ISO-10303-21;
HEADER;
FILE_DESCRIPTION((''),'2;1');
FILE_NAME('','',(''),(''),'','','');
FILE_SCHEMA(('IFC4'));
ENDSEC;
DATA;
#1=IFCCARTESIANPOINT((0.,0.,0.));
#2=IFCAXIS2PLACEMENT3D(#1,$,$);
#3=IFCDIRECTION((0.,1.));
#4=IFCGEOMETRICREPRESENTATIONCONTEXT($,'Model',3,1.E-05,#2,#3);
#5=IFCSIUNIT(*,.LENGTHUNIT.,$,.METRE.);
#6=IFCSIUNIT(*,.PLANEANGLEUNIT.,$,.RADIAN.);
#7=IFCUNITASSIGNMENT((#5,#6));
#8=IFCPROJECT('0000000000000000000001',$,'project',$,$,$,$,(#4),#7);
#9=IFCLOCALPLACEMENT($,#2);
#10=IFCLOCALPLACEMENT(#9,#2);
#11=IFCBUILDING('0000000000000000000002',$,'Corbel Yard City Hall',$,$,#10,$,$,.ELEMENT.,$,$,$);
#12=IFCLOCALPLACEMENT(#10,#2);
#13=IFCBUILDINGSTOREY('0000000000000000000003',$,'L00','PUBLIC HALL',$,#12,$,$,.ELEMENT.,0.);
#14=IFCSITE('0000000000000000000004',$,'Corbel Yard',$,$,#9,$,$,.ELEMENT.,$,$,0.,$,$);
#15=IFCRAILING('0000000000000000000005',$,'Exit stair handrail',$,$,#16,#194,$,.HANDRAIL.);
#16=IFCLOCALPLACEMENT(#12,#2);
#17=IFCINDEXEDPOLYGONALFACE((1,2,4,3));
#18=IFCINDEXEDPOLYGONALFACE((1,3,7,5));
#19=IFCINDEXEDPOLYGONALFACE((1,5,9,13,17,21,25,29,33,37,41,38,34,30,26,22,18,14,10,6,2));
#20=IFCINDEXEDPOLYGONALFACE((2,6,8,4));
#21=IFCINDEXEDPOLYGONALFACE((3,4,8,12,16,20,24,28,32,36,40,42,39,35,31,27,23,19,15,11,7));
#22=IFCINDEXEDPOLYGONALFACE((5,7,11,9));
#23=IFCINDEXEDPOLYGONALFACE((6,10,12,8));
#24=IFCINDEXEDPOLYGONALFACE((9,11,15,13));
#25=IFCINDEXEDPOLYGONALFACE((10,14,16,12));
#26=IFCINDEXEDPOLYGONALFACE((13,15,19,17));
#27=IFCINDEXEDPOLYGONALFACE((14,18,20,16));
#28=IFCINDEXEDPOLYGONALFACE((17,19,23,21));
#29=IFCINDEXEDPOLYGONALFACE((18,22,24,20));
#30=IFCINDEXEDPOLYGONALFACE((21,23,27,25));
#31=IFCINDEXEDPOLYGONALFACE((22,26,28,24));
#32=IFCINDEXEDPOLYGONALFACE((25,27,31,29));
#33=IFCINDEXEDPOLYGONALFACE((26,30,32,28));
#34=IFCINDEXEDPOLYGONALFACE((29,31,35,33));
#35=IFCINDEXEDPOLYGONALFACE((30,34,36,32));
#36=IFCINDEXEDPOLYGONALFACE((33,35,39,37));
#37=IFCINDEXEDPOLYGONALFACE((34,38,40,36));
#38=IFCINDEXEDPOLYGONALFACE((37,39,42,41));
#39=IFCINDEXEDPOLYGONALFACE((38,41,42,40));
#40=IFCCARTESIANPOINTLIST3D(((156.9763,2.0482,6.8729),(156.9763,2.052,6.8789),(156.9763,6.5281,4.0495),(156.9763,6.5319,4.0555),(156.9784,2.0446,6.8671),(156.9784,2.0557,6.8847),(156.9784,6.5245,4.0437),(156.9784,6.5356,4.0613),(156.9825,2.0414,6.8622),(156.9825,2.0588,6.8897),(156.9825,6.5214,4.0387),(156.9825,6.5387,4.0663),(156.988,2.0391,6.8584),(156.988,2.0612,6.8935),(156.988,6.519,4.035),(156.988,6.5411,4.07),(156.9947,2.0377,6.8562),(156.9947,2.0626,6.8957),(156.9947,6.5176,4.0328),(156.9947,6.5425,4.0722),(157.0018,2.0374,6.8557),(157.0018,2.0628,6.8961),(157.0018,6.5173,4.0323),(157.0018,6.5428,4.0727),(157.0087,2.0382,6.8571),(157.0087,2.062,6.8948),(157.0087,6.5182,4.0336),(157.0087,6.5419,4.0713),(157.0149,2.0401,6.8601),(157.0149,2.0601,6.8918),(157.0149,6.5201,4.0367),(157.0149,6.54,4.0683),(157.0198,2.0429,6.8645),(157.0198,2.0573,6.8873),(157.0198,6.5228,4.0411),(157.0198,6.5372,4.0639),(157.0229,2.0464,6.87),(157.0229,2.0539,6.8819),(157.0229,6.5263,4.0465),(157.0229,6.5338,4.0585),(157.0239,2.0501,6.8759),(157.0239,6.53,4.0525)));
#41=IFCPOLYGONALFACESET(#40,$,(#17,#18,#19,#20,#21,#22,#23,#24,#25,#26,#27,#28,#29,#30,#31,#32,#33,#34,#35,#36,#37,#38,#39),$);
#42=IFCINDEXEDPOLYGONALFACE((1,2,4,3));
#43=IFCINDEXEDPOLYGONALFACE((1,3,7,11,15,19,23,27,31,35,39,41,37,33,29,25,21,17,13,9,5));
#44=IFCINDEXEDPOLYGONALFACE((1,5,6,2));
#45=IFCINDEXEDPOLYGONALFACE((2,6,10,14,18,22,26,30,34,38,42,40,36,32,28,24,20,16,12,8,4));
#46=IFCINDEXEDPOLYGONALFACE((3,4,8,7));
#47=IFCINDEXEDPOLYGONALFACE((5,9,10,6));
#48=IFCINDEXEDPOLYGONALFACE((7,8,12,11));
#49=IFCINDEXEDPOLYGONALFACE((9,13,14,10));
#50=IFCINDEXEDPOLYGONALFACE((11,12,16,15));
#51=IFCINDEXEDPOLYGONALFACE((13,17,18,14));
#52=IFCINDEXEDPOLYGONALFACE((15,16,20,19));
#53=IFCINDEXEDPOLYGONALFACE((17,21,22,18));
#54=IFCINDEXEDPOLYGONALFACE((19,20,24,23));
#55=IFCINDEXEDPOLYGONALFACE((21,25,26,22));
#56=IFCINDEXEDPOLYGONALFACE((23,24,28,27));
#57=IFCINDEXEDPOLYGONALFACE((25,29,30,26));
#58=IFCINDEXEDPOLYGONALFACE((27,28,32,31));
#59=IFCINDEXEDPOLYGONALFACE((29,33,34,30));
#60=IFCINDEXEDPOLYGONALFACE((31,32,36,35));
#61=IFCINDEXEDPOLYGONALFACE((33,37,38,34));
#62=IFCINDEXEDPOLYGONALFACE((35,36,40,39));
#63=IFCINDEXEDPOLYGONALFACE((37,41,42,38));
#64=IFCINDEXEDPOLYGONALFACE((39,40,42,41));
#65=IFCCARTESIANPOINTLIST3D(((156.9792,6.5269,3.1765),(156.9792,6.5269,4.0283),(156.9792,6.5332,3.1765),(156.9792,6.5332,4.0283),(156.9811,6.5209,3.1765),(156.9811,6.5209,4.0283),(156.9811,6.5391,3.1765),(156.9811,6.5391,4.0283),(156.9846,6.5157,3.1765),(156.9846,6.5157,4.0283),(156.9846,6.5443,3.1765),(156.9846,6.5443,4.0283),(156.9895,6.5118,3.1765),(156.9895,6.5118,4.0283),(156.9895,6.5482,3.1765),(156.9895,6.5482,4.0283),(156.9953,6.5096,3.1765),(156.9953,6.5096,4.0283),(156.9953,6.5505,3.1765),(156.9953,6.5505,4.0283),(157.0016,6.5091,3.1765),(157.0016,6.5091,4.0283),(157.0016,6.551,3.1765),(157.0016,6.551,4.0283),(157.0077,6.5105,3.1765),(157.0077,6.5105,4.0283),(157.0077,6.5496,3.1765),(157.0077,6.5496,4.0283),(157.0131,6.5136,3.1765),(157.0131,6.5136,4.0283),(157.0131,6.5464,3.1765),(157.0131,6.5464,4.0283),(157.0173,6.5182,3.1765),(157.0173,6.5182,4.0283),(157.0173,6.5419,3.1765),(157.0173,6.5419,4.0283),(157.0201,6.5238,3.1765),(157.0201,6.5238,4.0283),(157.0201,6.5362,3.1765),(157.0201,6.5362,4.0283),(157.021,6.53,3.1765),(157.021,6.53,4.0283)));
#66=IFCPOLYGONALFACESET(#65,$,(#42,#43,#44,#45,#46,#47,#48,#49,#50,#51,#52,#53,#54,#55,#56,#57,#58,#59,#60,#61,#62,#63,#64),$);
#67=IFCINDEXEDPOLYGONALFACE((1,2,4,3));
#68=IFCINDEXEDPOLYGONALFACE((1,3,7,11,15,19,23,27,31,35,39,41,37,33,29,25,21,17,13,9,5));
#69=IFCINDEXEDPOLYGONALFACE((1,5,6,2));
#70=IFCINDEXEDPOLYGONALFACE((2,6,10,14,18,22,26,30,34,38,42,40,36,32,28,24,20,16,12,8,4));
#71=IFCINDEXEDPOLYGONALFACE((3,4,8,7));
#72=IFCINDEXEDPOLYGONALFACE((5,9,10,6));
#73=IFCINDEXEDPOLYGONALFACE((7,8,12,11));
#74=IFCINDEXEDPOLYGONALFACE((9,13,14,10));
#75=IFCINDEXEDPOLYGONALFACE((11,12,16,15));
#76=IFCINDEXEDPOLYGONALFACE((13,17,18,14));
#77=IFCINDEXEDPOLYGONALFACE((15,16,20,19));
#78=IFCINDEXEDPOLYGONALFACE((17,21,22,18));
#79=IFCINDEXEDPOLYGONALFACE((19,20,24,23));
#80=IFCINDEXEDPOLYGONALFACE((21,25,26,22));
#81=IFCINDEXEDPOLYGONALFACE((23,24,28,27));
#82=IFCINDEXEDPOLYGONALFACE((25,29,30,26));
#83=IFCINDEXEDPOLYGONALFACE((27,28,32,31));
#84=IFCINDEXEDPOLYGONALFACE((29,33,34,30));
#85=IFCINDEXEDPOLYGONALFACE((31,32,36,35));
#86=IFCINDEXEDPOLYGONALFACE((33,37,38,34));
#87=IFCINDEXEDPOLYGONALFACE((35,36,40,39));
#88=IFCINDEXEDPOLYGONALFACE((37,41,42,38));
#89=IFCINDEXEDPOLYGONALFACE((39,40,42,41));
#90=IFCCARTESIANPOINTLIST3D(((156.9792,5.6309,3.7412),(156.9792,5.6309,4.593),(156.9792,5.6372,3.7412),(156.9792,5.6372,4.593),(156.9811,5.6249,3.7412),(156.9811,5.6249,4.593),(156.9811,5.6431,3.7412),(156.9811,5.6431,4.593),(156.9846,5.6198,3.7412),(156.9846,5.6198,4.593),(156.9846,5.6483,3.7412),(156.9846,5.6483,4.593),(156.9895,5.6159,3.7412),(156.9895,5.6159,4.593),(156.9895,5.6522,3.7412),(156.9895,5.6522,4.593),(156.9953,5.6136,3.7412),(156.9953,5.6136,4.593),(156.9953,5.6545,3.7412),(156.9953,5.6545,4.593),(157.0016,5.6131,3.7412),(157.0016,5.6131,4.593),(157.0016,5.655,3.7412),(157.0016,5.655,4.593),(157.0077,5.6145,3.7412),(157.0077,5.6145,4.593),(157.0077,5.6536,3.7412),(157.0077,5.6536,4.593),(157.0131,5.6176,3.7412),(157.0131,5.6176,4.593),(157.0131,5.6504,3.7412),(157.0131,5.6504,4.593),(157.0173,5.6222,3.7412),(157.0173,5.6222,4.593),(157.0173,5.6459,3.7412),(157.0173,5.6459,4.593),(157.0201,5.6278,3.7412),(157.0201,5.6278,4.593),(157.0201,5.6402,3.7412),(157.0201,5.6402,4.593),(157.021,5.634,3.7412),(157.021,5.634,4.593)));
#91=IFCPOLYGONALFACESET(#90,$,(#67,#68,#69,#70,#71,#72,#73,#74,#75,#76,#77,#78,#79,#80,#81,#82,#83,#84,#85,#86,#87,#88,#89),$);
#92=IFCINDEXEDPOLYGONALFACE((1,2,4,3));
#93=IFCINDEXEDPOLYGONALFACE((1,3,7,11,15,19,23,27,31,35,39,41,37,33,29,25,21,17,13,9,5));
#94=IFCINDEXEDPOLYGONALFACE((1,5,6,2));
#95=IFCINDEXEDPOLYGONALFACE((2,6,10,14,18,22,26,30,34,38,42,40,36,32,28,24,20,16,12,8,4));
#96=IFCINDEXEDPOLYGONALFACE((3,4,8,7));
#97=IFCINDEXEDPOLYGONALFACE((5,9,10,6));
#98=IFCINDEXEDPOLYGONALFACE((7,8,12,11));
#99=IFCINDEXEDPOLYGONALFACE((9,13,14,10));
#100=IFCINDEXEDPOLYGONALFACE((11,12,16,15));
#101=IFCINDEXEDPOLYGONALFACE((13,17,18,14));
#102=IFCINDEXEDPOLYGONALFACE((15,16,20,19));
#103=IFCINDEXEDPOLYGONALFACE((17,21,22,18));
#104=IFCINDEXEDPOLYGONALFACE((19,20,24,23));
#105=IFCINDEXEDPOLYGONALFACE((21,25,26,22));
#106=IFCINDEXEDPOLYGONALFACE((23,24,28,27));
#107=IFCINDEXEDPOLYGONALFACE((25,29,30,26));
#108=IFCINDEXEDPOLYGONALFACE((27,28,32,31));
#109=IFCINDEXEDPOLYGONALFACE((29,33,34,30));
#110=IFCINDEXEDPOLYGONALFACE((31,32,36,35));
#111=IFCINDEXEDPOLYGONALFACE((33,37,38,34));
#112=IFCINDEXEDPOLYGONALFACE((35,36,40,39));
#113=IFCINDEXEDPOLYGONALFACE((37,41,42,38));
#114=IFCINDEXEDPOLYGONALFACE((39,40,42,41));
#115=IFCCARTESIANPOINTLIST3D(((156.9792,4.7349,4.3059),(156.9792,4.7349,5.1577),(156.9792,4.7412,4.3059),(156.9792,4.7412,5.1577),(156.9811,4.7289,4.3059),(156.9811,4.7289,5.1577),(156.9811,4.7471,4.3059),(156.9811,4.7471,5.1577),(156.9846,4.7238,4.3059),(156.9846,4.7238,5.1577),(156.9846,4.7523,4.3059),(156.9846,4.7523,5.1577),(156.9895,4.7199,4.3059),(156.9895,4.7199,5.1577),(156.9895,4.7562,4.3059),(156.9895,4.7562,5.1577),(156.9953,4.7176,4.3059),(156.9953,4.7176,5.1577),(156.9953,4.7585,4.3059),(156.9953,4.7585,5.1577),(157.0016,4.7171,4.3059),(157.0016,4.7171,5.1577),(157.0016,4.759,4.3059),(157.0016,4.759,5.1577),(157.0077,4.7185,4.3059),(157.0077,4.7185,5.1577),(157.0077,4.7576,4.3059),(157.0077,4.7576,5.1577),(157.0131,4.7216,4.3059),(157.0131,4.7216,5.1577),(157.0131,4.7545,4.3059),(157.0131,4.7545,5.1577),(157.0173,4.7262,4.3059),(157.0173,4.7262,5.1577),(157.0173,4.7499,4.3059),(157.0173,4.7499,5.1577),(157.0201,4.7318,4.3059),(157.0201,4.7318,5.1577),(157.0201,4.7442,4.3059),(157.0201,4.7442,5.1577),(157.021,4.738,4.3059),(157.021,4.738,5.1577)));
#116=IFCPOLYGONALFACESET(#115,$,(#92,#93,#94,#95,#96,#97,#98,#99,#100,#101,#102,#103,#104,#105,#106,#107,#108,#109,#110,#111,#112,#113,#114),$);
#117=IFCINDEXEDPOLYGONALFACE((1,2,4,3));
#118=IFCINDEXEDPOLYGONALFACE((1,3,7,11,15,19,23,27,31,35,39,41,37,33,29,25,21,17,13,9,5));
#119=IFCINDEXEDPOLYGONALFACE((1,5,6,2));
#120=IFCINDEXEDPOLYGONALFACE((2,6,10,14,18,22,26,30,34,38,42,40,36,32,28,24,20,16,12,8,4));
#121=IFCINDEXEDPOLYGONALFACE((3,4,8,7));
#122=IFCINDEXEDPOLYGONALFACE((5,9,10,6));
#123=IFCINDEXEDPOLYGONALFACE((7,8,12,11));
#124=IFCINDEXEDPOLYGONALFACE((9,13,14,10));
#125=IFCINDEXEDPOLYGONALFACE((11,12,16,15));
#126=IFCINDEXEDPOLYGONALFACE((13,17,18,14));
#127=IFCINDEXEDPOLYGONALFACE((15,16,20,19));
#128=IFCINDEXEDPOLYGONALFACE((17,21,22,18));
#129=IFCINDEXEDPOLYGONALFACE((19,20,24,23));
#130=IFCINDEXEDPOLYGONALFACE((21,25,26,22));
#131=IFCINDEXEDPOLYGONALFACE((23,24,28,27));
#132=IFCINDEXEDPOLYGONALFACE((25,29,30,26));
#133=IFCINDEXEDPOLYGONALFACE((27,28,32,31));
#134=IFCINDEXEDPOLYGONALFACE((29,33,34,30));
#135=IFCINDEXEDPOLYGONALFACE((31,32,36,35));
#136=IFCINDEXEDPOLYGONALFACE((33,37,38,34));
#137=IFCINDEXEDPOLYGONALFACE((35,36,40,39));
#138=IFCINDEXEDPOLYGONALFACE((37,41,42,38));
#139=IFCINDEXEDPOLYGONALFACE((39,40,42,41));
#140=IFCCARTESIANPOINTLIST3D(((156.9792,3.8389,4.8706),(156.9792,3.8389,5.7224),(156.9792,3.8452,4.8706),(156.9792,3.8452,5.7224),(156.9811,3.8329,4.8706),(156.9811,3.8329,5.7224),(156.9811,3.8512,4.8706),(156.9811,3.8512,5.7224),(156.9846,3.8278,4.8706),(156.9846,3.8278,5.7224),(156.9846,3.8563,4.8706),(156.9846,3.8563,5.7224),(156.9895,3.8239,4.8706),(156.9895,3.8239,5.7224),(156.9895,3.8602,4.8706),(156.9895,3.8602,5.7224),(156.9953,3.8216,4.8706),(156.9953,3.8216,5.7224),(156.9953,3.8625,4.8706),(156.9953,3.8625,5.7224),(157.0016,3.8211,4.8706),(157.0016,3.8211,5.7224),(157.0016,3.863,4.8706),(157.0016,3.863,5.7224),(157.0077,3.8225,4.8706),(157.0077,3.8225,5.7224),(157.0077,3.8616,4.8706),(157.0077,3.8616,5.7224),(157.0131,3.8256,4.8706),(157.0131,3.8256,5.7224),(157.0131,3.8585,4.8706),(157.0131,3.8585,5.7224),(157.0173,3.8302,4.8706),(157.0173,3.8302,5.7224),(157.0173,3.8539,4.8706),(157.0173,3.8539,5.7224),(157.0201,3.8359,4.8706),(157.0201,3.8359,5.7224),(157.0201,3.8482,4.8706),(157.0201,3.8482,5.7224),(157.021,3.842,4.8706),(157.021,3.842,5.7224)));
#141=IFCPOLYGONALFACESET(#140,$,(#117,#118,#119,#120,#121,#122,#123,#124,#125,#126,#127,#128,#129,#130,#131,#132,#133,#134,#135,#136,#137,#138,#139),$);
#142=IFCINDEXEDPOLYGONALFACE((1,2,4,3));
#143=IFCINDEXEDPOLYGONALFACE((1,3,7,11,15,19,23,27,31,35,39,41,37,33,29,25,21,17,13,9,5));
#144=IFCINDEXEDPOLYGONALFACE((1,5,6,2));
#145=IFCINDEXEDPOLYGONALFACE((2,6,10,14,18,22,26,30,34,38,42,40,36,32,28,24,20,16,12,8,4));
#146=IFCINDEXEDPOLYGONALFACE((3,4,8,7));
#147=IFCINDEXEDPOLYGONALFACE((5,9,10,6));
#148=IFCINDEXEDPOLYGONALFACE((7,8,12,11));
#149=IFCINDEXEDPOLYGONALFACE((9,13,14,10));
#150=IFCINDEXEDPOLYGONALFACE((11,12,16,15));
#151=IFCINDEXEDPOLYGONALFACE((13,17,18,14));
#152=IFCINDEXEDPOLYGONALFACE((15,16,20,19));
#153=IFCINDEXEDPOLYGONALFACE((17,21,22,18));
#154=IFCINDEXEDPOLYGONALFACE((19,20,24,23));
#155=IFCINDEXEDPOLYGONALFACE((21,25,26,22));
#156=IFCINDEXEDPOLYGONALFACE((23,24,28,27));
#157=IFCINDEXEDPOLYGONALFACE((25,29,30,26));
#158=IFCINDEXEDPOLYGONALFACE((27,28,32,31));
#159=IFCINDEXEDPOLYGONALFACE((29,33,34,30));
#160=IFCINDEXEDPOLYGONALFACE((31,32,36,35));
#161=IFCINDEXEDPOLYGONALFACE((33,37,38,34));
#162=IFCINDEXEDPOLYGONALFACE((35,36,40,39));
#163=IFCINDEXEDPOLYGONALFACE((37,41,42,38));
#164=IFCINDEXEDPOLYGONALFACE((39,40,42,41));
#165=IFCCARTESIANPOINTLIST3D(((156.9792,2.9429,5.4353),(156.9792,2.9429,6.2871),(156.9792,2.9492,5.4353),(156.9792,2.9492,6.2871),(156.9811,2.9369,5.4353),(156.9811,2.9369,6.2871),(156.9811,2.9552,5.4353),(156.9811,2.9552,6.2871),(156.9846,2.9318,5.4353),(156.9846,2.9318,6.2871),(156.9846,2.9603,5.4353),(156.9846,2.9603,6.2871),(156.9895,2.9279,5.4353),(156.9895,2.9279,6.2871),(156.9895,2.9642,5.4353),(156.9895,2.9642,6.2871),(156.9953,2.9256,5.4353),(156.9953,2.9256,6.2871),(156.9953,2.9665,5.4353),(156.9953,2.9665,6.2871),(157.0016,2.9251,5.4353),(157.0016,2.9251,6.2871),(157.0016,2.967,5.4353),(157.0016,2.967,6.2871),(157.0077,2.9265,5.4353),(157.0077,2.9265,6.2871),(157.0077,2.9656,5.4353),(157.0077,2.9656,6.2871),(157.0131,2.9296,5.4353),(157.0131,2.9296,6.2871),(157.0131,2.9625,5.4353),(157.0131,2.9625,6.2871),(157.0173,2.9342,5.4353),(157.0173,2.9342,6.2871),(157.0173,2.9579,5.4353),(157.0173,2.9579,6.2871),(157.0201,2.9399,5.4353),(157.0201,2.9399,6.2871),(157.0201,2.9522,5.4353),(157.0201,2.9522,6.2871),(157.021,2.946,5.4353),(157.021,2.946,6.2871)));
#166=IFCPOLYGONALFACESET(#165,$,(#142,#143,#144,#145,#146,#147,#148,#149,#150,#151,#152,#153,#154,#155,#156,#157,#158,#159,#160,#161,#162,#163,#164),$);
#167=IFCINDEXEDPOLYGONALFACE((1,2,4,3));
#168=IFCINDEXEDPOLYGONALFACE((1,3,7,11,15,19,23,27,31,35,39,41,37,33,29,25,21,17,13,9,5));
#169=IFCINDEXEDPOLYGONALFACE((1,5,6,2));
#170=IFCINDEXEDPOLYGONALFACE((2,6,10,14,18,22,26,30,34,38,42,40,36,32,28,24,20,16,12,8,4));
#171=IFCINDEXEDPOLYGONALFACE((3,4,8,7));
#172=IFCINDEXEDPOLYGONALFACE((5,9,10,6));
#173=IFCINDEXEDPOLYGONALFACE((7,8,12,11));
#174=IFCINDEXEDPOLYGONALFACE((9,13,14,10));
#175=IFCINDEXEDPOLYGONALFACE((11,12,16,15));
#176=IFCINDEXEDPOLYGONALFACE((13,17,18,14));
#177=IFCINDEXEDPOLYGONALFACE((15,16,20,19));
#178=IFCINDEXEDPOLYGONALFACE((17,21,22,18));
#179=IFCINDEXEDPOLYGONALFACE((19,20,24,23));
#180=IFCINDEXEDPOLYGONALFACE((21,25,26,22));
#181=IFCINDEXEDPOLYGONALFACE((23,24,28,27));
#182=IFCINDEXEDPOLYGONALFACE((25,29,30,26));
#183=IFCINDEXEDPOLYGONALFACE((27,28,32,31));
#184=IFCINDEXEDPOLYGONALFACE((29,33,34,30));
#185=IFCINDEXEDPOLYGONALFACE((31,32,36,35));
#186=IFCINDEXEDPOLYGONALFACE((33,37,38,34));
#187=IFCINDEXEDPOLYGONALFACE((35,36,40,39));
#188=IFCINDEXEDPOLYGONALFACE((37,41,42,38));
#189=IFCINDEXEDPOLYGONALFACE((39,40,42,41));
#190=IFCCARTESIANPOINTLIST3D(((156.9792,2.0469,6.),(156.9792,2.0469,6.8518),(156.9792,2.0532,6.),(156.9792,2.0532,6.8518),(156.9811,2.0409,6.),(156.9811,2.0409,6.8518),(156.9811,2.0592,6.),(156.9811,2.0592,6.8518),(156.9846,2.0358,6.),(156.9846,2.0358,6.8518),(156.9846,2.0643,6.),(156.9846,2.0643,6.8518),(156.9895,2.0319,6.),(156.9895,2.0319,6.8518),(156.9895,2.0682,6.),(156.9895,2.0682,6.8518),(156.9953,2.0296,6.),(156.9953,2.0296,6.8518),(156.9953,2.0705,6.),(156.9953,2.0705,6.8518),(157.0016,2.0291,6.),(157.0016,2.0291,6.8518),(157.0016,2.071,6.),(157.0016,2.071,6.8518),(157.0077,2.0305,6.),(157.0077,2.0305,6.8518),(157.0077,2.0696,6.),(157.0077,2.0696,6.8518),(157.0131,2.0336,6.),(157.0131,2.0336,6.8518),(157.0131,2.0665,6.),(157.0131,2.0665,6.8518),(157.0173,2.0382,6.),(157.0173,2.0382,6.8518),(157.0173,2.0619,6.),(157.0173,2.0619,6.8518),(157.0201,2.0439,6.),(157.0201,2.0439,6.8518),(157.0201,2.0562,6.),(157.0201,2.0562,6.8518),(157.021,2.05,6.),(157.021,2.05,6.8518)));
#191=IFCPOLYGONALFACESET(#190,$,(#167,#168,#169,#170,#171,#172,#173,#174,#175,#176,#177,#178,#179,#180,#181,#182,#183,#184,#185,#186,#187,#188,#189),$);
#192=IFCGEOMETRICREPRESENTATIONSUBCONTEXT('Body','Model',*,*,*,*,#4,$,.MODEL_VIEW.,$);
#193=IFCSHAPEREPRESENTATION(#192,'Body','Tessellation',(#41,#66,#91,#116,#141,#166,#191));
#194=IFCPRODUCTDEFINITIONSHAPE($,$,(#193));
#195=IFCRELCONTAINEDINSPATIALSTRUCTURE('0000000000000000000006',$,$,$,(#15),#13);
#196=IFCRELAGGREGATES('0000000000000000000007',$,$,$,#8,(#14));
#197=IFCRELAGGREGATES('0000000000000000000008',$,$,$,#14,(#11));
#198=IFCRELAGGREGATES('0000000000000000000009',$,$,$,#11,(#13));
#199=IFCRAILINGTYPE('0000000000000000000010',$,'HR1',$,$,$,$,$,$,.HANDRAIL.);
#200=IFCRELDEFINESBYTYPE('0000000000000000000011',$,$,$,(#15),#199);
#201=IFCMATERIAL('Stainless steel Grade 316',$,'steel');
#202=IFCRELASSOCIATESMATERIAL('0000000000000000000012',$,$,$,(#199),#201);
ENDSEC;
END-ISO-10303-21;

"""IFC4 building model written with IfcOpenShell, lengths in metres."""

from ifc_helpers import new_model, si_unit, direction, frame, origin, origin_2d, place, context, subcontext, project, spatial, circle, extrude, material, type_object, element, save


model = new_model("IFC4")

# Units and contexts
model_context = context("Model", 3, precision=1e-05, world=origin(), true_north=direction((0.0, 1.0)))
body_context = subcontext(model_context, "Body", "Model", "MODEL_VIEW")
ifc_project = project(units=[si_unit("LENGTHUNIT", "METRE"), si_unit("PLANEANGLEUNIT", "RADIAN")], contexts=[model_context])

# Site, building, storey
site_placement = place(None, origin())
site = spatial("IfcSite", under=ifc_project, at=site_placement, Name="Corbel Yard", CompositionType="ELEMENT", RefElevation=0.0)
building_placement = place(site_placement, origin())
building = spatial("IfcBuilding", under=site, at=building_placement, Name="Corbel Yard City Hall", CompositionType="ELEMENT")
storey_placement = place(building_placement, origin())
storey = spatial("IfcBuildingStorey", under=building, at=storey_placement, Name="L00", Description="PUBLIC HALL", CompositionType="ELEMENT", Elevation=0.0)

# Railing
ifc_material_1 = material(Name="Stainless steel Grade 316", Category="steel")
railing_type = type_object("IfcRailingType", Name="HR1", PredefinedType="HANDRAIL", material=ifc_material_1)
railing_placement = place(storey_placement, frame((157.0, 6.53, 3.1765)))
element("IfcRailing", 1, at=railing_placement, inside=storey, type_object=railing_type, Name="Exit stair handrail", PredefinedType="HANDRAIL", context=body_context, shape_type="SweptSolid", body=[
    extrude(circle(Radius=0.0239, at=origin_2d()), frame((0.0, 0.0, 0.876), z_axis=(0.0, -0.845998, 0.533186), x_axis=(1.0, 0.0, 0.0)), (0.0, 0.0, 1.0), 5.2954),
    extrude(circle(Radius=0.021, at=origin_2d()), origin(), (0.0, 0.0, 1.0), 0.8518),
    extrude(circle(Radius=0.021, at=origin_2d()), frame((0.0, -0.896, 0.5647)), (0.0, 0.0, 1.0), 0.8518),
    extrude(circle(Radius=0.021, at=origin_2d()), frame((0.0, -1.792, 1.1294)), (0.0, 0.0, 1.0), 0.8518),
    extrude(circle(Radius=0.021, at=origin_2d()), frame((0.0, -2.688, 1.6941)), (0.0, 0.0, 1.0), 0.8518),
    extrude(circle(Radius=0.021, at=origin_2d()), frame((0.0, -3.584, 2.2588)), (0.0, 0.0, 1.0), 0.8518),
    extrude(circle(Radius=0.021, at=origin_2d()), frame((0.0, -4.48, 2.8235)), (0.0, 0.0, 1.0), 0.8518),
])

save(model, "model.ifc")
